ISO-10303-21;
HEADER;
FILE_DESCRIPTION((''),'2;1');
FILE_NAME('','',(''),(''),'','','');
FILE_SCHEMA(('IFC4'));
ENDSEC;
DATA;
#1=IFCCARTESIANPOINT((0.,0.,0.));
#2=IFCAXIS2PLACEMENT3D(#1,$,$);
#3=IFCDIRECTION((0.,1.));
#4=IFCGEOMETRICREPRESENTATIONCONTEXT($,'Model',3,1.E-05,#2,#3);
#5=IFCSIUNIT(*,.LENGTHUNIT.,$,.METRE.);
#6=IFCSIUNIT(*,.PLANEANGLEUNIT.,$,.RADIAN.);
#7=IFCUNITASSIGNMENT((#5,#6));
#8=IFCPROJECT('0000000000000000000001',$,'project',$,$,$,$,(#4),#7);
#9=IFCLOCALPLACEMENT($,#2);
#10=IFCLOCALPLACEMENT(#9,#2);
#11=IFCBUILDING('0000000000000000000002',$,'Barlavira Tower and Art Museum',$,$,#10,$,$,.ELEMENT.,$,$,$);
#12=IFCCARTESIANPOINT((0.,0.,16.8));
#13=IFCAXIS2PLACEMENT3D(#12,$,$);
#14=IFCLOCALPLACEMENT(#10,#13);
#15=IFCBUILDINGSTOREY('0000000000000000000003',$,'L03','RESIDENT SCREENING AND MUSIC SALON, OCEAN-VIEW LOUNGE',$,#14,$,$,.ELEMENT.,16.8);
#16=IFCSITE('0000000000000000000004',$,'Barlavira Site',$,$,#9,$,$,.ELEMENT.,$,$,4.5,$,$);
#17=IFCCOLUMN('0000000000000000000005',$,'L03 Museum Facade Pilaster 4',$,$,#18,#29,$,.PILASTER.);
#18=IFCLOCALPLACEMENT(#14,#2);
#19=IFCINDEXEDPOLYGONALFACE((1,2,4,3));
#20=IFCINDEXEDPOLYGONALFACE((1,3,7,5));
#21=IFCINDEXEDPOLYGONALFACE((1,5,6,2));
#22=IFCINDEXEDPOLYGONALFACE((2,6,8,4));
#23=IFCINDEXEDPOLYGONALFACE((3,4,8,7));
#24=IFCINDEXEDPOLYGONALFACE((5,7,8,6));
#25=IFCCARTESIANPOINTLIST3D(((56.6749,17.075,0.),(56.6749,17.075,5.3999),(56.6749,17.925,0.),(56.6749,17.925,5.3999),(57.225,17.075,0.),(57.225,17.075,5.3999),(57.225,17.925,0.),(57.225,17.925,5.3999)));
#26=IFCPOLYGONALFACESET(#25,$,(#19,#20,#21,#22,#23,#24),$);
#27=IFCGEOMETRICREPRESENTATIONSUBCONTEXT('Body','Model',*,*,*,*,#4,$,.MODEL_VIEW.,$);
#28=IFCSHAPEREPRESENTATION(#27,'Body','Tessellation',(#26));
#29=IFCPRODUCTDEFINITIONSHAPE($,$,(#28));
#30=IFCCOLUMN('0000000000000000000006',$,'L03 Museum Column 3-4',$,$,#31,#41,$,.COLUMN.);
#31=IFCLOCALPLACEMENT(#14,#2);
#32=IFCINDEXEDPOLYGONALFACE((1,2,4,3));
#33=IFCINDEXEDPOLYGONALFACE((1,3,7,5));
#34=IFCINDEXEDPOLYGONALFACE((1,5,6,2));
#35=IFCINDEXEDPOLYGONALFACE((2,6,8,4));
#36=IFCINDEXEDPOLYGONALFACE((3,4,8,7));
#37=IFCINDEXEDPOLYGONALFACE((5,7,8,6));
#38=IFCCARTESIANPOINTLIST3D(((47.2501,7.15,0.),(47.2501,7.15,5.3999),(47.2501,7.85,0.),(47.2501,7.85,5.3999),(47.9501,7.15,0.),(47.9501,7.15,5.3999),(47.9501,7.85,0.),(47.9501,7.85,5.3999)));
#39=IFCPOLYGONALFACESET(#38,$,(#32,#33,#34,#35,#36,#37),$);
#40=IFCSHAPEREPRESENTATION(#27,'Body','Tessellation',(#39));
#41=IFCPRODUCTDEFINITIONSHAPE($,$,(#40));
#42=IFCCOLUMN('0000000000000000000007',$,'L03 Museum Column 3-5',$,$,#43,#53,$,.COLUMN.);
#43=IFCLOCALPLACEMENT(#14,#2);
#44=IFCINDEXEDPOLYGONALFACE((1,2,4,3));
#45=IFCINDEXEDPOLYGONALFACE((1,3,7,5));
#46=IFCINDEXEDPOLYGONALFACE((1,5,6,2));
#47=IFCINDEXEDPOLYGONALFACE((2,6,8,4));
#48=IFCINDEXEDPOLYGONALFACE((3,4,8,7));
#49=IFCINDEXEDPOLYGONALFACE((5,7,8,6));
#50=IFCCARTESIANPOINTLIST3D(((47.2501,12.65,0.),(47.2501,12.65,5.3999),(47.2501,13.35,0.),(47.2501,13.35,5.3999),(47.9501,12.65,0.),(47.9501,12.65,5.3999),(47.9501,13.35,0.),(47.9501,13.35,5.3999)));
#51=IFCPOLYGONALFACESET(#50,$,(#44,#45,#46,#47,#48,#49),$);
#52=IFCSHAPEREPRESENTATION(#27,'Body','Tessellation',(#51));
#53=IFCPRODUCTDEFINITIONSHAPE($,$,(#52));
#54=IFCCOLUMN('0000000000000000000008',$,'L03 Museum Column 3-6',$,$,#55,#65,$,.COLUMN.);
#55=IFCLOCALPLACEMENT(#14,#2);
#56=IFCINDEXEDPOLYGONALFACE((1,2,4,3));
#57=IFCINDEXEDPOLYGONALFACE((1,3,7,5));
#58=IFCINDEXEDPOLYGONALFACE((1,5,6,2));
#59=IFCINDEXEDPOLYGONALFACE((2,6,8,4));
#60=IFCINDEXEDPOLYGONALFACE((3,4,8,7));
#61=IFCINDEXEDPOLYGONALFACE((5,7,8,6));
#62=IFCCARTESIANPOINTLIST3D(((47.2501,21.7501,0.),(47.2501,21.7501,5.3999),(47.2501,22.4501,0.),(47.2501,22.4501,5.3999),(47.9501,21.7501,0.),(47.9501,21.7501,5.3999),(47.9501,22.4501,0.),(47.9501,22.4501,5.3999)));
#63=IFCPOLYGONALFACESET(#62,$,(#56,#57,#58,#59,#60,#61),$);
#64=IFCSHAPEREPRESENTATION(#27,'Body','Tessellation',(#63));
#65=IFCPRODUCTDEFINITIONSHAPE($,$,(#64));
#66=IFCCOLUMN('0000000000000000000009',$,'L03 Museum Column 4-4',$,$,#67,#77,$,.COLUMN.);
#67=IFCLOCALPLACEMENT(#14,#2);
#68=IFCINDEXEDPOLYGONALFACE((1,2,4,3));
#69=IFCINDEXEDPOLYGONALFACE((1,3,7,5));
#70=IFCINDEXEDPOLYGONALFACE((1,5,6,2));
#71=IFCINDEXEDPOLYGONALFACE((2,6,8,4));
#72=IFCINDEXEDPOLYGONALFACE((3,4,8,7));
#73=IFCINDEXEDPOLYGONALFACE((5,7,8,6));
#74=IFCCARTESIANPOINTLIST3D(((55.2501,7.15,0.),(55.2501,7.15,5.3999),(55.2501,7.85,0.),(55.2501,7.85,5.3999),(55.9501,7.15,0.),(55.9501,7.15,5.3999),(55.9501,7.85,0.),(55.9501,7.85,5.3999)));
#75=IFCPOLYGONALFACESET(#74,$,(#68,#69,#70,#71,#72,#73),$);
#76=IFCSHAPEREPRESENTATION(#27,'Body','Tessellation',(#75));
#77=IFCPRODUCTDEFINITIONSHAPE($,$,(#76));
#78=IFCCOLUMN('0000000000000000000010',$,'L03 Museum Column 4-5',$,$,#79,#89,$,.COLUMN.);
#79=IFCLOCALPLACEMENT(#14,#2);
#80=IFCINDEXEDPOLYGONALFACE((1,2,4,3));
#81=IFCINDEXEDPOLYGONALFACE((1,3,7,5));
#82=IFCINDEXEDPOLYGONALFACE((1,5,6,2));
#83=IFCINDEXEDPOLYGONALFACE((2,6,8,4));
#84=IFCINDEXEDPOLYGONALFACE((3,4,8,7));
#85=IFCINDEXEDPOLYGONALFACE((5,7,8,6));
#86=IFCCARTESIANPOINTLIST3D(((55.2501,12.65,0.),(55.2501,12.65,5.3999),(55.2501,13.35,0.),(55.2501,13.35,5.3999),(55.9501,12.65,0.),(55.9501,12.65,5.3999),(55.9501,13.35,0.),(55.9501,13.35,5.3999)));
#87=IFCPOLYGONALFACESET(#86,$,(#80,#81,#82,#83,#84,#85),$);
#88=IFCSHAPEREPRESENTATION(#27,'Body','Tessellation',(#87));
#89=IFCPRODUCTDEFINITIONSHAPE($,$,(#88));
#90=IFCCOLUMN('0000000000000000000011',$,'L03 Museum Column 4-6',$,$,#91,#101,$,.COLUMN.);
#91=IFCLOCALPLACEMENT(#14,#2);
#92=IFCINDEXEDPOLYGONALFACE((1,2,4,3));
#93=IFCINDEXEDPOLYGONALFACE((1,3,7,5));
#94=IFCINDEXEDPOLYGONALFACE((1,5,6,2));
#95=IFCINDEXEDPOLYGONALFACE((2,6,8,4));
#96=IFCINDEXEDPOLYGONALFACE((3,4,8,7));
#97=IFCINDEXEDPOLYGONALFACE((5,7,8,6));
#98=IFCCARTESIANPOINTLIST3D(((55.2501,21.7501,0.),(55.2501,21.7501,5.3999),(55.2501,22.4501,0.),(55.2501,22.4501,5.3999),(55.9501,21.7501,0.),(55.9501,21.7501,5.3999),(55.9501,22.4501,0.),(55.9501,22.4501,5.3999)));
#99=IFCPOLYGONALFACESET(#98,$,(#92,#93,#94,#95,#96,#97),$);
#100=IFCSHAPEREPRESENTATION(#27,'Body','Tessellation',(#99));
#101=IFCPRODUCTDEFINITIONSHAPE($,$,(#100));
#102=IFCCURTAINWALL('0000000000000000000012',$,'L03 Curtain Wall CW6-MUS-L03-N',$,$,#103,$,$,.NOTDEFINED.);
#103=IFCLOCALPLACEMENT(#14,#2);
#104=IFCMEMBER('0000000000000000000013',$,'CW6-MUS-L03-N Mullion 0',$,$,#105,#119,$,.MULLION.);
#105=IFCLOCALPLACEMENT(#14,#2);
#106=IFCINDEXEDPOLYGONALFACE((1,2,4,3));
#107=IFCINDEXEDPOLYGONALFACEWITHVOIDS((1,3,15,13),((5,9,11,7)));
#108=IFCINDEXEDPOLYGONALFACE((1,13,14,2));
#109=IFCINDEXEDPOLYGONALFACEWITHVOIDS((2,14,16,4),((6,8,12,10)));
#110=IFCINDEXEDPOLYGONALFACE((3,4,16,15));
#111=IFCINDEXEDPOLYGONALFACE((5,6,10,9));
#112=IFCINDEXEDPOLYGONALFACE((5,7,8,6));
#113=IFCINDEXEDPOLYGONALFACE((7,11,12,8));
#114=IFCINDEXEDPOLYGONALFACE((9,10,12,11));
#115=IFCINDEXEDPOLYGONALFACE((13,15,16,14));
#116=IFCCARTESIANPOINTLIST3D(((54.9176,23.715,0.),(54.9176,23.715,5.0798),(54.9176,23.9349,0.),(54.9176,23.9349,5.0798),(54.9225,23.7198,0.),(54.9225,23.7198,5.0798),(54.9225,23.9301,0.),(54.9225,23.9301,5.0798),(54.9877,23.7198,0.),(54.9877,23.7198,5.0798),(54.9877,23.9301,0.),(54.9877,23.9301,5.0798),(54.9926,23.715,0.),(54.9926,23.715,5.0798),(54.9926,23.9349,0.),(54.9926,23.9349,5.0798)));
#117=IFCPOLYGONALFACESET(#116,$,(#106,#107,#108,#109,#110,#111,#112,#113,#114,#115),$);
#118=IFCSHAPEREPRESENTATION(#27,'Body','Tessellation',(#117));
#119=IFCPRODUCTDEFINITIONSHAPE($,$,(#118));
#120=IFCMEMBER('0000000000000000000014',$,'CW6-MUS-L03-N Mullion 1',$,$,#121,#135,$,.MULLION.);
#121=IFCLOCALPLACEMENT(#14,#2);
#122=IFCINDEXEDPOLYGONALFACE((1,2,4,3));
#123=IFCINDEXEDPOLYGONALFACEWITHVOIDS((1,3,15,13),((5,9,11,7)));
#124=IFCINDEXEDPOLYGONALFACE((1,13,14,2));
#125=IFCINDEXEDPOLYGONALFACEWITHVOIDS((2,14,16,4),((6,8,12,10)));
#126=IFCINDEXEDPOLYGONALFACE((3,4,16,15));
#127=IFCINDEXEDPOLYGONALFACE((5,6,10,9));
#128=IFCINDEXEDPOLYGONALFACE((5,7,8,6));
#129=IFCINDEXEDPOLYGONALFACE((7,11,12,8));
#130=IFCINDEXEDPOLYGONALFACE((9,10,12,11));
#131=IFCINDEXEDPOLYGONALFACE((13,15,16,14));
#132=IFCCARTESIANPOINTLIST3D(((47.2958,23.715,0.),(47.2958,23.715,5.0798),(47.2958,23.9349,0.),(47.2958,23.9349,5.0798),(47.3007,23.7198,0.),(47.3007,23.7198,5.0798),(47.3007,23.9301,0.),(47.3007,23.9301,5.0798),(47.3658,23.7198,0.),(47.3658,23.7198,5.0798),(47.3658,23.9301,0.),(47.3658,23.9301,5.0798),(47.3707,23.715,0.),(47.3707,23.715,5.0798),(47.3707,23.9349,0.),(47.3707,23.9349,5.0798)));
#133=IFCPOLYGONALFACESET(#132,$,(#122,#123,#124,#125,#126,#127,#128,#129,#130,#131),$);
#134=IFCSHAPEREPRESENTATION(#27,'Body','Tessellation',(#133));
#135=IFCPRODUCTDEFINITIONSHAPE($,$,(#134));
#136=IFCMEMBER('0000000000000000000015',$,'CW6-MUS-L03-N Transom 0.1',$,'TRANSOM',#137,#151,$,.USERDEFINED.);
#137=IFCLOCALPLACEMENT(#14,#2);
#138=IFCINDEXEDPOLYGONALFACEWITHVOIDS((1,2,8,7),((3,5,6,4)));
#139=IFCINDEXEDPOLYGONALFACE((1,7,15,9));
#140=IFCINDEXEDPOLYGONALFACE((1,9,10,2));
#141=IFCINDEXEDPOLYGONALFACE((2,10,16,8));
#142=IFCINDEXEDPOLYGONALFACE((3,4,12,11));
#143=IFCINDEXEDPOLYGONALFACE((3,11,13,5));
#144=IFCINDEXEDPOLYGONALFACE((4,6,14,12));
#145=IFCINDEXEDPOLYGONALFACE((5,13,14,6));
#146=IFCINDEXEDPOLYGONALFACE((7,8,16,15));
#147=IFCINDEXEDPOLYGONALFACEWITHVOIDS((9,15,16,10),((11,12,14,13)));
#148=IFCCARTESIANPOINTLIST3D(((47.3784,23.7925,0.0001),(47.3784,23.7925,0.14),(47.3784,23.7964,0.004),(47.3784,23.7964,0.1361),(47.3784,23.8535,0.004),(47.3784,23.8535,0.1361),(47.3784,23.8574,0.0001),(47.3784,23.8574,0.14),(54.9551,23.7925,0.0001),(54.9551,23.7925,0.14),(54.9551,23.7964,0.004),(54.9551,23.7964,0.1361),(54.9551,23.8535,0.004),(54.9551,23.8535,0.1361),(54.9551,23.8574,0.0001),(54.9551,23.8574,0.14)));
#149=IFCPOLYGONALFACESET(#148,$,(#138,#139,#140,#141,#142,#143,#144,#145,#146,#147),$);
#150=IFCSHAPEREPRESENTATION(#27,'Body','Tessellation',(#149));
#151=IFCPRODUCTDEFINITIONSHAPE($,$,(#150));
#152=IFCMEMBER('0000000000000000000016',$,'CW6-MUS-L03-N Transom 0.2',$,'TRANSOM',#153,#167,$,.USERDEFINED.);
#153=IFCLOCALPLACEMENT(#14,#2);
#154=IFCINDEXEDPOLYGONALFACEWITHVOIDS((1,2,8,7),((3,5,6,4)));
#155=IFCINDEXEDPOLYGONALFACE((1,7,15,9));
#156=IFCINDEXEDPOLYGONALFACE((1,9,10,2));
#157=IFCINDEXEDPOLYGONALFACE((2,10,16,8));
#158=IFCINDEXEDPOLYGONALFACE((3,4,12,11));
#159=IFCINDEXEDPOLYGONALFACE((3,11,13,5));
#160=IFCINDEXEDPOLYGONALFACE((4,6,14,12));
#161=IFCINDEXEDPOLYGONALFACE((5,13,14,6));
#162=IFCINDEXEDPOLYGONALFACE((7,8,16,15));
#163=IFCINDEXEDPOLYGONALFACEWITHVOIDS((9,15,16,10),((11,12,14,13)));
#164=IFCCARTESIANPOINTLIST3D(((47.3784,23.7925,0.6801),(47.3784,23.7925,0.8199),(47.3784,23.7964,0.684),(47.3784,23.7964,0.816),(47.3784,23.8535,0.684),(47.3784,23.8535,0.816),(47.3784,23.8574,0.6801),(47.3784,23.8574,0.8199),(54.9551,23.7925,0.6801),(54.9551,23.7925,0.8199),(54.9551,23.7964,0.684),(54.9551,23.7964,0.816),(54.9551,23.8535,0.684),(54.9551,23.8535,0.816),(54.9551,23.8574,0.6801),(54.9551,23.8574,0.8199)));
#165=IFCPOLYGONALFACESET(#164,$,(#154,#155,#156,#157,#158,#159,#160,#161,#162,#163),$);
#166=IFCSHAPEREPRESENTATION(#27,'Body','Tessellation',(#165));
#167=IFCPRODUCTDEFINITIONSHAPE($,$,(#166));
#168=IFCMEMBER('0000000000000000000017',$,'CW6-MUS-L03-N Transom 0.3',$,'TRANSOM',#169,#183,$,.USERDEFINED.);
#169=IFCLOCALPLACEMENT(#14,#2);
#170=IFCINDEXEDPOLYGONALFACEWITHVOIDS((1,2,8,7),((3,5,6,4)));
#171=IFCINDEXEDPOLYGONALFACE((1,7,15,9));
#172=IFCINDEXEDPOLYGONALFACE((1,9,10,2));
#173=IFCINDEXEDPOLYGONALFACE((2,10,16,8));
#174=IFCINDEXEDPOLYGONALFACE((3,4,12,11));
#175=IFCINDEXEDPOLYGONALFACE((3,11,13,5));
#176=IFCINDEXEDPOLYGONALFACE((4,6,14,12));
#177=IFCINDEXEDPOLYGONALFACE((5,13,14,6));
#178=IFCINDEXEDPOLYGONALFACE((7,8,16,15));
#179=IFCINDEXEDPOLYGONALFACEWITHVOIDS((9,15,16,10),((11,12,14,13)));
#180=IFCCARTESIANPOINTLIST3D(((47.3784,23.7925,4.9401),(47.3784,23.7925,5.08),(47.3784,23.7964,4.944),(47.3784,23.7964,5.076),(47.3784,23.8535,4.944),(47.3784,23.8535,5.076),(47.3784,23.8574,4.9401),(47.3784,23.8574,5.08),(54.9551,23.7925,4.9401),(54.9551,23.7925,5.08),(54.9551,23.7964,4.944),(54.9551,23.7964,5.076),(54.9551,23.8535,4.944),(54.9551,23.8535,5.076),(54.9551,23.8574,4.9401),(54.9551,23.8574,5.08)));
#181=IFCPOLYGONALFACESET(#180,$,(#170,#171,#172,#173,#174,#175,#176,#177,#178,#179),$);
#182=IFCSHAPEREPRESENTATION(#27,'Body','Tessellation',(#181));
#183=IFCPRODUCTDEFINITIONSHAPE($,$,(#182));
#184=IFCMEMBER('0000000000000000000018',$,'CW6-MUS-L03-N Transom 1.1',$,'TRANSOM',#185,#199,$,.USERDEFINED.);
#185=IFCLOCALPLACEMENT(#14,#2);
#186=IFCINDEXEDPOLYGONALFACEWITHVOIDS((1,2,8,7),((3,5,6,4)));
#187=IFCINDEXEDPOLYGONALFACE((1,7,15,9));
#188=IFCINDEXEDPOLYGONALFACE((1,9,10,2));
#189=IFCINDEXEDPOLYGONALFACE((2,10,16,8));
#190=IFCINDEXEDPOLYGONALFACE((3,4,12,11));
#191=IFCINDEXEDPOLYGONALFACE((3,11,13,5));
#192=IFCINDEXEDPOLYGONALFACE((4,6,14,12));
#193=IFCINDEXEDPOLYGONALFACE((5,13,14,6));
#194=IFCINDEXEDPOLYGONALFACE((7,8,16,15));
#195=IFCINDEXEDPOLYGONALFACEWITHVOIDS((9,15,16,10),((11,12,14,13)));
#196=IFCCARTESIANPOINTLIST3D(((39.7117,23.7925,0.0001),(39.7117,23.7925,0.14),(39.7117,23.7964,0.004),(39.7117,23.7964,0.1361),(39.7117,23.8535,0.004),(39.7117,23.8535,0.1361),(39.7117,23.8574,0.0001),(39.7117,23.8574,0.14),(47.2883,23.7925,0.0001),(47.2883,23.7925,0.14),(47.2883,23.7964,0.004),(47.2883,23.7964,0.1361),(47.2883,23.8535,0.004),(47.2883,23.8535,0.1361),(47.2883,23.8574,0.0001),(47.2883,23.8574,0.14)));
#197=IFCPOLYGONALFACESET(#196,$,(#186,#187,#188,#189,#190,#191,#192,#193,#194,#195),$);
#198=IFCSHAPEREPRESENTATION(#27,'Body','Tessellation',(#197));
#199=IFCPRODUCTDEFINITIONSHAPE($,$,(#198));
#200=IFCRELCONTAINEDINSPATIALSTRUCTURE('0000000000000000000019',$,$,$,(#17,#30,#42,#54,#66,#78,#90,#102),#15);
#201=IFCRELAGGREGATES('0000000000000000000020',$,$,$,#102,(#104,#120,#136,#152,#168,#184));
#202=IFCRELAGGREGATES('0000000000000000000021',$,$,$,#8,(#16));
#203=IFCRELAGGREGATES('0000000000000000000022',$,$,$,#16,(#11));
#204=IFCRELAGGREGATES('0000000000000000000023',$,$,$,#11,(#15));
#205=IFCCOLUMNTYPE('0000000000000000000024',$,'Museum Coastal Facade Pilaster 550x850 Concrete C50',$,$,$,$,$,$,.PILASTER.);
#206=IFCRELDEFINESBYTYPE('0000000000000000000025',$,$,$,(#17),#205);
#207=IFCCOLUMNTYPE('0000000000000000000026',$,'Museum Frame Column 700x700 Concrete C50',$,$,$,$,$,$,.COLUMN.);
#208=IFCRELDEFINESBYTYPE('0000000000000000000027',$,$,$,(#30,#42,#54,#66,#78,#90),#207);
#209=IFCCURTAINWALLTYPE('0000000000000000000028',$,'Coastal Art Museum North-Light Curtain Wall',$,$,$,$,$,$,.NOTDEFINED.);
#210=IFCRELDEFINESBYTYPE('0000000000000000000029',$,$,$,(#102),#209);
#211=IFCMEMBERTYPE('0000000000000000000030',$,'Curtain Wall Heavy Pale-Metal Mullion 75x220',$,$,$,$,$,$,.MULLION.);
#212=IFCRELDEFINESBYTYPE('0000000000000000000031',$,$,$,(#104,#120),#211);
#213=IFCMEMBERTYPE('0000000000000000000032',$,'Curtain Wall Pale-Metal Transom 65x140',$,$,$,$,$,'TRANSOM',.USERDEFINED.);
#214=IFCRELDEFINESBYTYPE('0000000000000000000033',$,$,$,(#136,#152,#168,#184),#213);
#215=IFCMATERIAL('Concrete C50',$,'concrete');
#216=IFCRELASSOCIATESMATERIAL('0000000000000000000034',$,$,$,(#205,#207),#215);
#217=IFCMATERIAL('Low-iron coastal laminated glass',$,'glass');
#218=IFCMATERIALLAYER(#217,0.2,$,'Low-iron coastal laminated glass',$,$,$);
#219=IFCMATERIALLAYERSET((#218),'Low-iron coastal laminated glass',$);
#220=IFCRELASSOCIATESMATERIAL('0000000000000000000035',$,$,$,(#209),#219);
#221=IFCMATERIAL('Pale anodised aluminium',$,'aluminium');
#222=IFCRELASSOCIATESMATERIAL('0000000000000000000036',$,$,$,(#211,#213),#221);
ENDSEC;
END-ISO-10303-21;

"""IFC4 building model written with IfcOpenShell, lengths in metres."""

from ifc_helpers import new_model, si_unit, direction, frame, origin, origin_2d, place, context, subcontext, project, spatial, rectangle, hollow_rectangle, extrude, material, layer, layer_set, material_profile, profile_set, type_object, element, aggregate, save


model = new_model("IFC4")

# Units and contexts
model_context = context("Model", 3, precision=1e-05, world=origin(), true_north=direction((0.0, 1.0)))
body_context = subcontext(model_context, "Body", "Model", "MODEL_VIEW")
ifc_project = project(units=[si_unit("LENGTHUNIT", "METRE"), si_unit("PLANEANGLEUNIT", "RADIAN")], contexts=[model_context])

# Site, building, storey
site_placement = place(None, origin())
site = spatial("IfcSite", under=ifc_project, at=site_placement, Name="Barlavira Site", CompositionType="ELEMENT", RefElevation=4.5)
building_placement = place(site_placement, origin())
building = spatial("IfcBuilding", under=site, at=building_placement, Name="Barlavira Tower and Art Museum", CompositionType="ELEMENT")
storey_placement = place(building_placement, frame((0.0, 0.0, 16.8)))
storey = spatial("IfcBuildingStorey", under=building, at=storey_placement, Name="L03", Description="RESIDENT SCREENING AND MUSIC SALON, OCEAN-VIEW LOUNGE", CompositionType="ELEMENT", Elevation=16.8)

# Columns
ifc_material_1 = material(Name="Concrete C50", Category="concrete")
ifc_material_profile_1 = material_profile(ifc_material_1, rectangle(XDim=0.55, YDim=0.8501, at=origin_2d()), Name="RC-PIL 550x850")
ifc_profile_set_1 = profile_set([ifc_material_profile_1], Name="Concrete C50")
column_type_1 = type_object("IfcColumnType", Name="Museum Coastal Facade Pilaster 550x850 Concrete C50", PredefinedType="PILASTER", material=ifc_profile_set_1)
column_placement = place(storey_placement, frame((56.95, 17.5, 0.0), z_axis=(0.0, 0.0, 1.0), x_axis=(1.0, 0.0, 0.0)))
element("IfcColumn", 1, at=column_placement, inside=storey, type_object=column_type_1, Name="L03 Museum Facade Pilaster 4", PredefinedType="PILASTER", context=body_context, shape_type="SweptSolid", body=[
    extrude(rectangle(XDim=0.55, YDim=0.8501, at=origin_2d()), origin(), (0.0, 0.0, 1.0), 5.3999),
])
ifc_material_profile_2 = material_profile(ifc_material_1, rectangle(XDim=0.7, YDim=0.7, at=origin_2d()), Name="RC-COL 700x700")
ifc_profile_set_2 = profile_set([ifc_material_profile_2], Name="Concrete C50")
column_type_2 = type_object("IfcColumnType", Name="Museum Frame Column 700x700 Concrete C50", PredefinedType="COLUMN", material=ifc_profile_set_2)
for number, where, z_axis, x_axis, name in (
    (2, (47.6001, 7.5, 0.0), (0.0, 0.0, 1.0), (1.0, 0.0, 0.0), "L03 Museum Column 3-4"),
    (3, (47.6001, 13.0, 0.0), (0.0, 0.0, 1.0), (1.0, 0.0, 0.0), "L03 Museum Column 3-5"),
    (4, (47.6001, 22.1001, 0.0), (0.0, 0.0, 1.0), (1.0, 0.0, 0.0), "L03 Museum Column 3-6"),
    (5, (55.6001, 7.5, 0.0), (0.0, 0.0, 1.0), (1.0, 0.0, 0.0), "L03 Museum Column 4-4"),
    (6, (55.6001, 13.0, 0.0), (0.0, 0.0, 1.0), (1.0, 0.0, 0.0), "L03 Museum Column 4-5"),
    (7, (55.6001, 22.1001, 0.0), (0.0, 0.0, 1.0), (1.0, 0.0, 0.0), "L03 Museum Column 4-6"),
):
    element("IfcColumn", number, at=place(storey_placement, frame(where, z_axis=z_axis, x_axis=x_axis)), inside=storey, type_object=column_type_2, Name=name, PredefinedType="COLUMN", context=body_context, shape_type="SweptSolid", body=[
        extrude(rectangle(XDim=0.7, YDim=0.7, at=origin_2d()), origin(), (0.0, 0.0, 1.0), 5.3999),
    ])

# Curtain wall, members
ifc_material_2 = material(Name="Low-iron coastal laminated glass", Category="glass")
ifc_layer_1 = layer(ifc_material_2, 0.2, Name="Low-iron coastal laminated glass")
ifc_layer_set_1 = layer_set([ifc_layer_1], Name="Low-iron coastal laminated glass")
curtain_wall_type = type_object("IfcCurtainWallType", Name="Coastal Art Museum North-Light Curtain Wall", PredefinedType="NOTDEFINED", material=ifc_layer_set_1)
curtain_wall_placement = place(storey_placement, origin())
curtain_wall = element("IfcCurtainWall", 8, at=curtain_wall_placement, inside=storey, type_object=curtain_wall_type, Name="L03 Curtain Wall CW6-MUS-L03-N", PredefinedType="NOTDEFINED")
ifc_material_3 = material(Name="Pale anodised aluminium", Category="aluminium")
ifc_material_profile_3 = material_profile(ifc_material_3, hollow_rectangle(XDim=0.075, YDim=0.22, WallThickness=0.0049, at=origin_2d()), Name="ALU-MULL 75x220x5")
ifc_profile_set_3 = profile_set([ifc_material_profile_3], Name="Pale anodised aluminium")
member_type_1 = type_object("IfcMemberType", Name="Curtain Wall Heavy Pale-Metal Mullion 75x220", PredefinedType="MULLION", material=ifc_profile_set_3)
member_1_placement = place(storey_placement, frame((54.9551, 23.825, 0.0), z_axis=(0.0, 0.0, 1.0), x_axis=(-1.0, 0.0, 0.0)))
member_1 = element("IfcMember", 9, at=member_1_placement, type_object=member_type_1, Name="CW6-MUS-L03-N Mullion 0", PredefinedType="MULLION", context=body_context, shape_type="SweptSolid", body=[
    extrude(hollow_rectangle(XDim=0.075, YDim=0.22, WallThickness=0.0049, at=origin_2d()), origin(), (0.0, 0.0, 1.0), 5.0798),
])
member_2_placement = place(storey_placement, frame((47.3333, 23.825, 0.0), z_axis=(0.0, 0.0, 1.0), x_axis=(-1.0, 0.0, 0.0)))
member_2 = element("IfcMember", 10, at=member_2_placement, type_object=member_type_1, Name="CW6-MUS-L03-N Mullion 1", PredefinedType="MULLION", context=body_context, shape_type="SweptSolid", body=[
    extrude(hollow_rectangle(XDim=0.075, YDim=0.22, WallThickness=0.0049, at=origin_2d()), origin(), (0.0, 0.0, 1.0), 5.0798),
])
ifc_material_profile_4 = material_profile(ifc_material_3, hollow_rectangle(XDim=0.0649, YDim=0.1399, WallThickness=0.0039, at=origin_2d()), Name="ALU-TRAN 65x140x4")
ifc_profile_set_4 = profile_set([ifc_material_profile_4], Name="Pale anodised aluminium")
member_type_2 = type_object("IfcMemberType", Name="Curtain Wall Pale-Metal Transom 65x140", ElementType="TRANSOM", PredefinedType="USERDEFINED", material=ifc_profile_set_4)
member_3_placement = place(storey_placement, frame((54.9551, 23.825, 0.0701), z_axis=(-1.0, 0.0, 0.0), x_axis=(0.0, -1.0, 0.0)))
member_3 = element("IfcMember", 11, at=member_3_placement, type_object=member_type_2, Name="CW6-MUS-L03-N Transom 0.1", ObjectType="TRANSOM", PredefinedType="USERDEFINED", context=body_context, shape_type="SweptSolid", body=[
    extrude(hollow_rectangle(XDim=0.0649, YDim=0.1399, WallThickness=0.0039, at=origin_2d()), origin(), (0.0, 0.0, 1.0), 7.5767),
])
member_4_placement = place(storey_placement, frame((54.9551, 23.825, 0.75), z_axis=(-1.0, 0.0, 0.0), x_axis=(0.0, -1.0, 0.0)))
member_4 = element("IfcMember", 12, at=member_4_placement, type_object=member_type_2, Name="CW6-MUS-L03-N Transom 0.2", ObjectType="TRANSOM", PredefinedType="USERDEFINED", context=body_context, shape_type="SweptSolid", body=[
    extrude(hollow_rectangle(XDim=0.0649, YDim=0.1399, WallThickness=0.0039, at=origin_2d()), origin(), (0.0, 0.0, 1.0), 7.5767),
])
member_5_placement = place(storey_placement, frame((54.9551, 23.825, 5.01), z_axis=(-1.0, 0.0, 0.0), x_axis=(0.0, -1.0, 0.0)))
member_5 = element("IfcMember", 13, at=member_5_placement, type_object=member_type_2, Name="CW6-MUS-L03-N Transom 0.3", ObjectType="TRANSOM", PredefinedType="USERDEFINED", context=body_context, shape_type="SweptSolid", body=[
    extrude(hollow_rectangle(XDim=0.0649, YDim=0.1399, WallThickness=0.0039, at=origin_2d()), origin(), (0.0, 0.0, 1.0), 7.5767),
])
member_6_placement = place(storey_placement, frame((47.2883, 23.825, 0.0701), z_axis=(-1.0, 0.0, 0.0), x_axis=(0.0, -1.0, 0.0)))
member_6 = element("IfcMember", 14, at=member_6_placement, type_object=member_type_2, Name="CW6-MUS-L03-N Transom 1.1", ObjectType="TRANSOM", PredefinedType="USERDEFINED", context=body_context, shape_type="SweptSolid", body=[
    extrude(hollow_rectangle(XDim=0.0649, YDim=0.1399, WallThickness=0.0039, at=origin_2d()), origin(), (0.0, 0.0, 1.0), 7.5767),
])

aggregate(curtain_wall, [member_1, member_2, member_3, member_4, member_5, member_6])

save(model, "model.ifc")
